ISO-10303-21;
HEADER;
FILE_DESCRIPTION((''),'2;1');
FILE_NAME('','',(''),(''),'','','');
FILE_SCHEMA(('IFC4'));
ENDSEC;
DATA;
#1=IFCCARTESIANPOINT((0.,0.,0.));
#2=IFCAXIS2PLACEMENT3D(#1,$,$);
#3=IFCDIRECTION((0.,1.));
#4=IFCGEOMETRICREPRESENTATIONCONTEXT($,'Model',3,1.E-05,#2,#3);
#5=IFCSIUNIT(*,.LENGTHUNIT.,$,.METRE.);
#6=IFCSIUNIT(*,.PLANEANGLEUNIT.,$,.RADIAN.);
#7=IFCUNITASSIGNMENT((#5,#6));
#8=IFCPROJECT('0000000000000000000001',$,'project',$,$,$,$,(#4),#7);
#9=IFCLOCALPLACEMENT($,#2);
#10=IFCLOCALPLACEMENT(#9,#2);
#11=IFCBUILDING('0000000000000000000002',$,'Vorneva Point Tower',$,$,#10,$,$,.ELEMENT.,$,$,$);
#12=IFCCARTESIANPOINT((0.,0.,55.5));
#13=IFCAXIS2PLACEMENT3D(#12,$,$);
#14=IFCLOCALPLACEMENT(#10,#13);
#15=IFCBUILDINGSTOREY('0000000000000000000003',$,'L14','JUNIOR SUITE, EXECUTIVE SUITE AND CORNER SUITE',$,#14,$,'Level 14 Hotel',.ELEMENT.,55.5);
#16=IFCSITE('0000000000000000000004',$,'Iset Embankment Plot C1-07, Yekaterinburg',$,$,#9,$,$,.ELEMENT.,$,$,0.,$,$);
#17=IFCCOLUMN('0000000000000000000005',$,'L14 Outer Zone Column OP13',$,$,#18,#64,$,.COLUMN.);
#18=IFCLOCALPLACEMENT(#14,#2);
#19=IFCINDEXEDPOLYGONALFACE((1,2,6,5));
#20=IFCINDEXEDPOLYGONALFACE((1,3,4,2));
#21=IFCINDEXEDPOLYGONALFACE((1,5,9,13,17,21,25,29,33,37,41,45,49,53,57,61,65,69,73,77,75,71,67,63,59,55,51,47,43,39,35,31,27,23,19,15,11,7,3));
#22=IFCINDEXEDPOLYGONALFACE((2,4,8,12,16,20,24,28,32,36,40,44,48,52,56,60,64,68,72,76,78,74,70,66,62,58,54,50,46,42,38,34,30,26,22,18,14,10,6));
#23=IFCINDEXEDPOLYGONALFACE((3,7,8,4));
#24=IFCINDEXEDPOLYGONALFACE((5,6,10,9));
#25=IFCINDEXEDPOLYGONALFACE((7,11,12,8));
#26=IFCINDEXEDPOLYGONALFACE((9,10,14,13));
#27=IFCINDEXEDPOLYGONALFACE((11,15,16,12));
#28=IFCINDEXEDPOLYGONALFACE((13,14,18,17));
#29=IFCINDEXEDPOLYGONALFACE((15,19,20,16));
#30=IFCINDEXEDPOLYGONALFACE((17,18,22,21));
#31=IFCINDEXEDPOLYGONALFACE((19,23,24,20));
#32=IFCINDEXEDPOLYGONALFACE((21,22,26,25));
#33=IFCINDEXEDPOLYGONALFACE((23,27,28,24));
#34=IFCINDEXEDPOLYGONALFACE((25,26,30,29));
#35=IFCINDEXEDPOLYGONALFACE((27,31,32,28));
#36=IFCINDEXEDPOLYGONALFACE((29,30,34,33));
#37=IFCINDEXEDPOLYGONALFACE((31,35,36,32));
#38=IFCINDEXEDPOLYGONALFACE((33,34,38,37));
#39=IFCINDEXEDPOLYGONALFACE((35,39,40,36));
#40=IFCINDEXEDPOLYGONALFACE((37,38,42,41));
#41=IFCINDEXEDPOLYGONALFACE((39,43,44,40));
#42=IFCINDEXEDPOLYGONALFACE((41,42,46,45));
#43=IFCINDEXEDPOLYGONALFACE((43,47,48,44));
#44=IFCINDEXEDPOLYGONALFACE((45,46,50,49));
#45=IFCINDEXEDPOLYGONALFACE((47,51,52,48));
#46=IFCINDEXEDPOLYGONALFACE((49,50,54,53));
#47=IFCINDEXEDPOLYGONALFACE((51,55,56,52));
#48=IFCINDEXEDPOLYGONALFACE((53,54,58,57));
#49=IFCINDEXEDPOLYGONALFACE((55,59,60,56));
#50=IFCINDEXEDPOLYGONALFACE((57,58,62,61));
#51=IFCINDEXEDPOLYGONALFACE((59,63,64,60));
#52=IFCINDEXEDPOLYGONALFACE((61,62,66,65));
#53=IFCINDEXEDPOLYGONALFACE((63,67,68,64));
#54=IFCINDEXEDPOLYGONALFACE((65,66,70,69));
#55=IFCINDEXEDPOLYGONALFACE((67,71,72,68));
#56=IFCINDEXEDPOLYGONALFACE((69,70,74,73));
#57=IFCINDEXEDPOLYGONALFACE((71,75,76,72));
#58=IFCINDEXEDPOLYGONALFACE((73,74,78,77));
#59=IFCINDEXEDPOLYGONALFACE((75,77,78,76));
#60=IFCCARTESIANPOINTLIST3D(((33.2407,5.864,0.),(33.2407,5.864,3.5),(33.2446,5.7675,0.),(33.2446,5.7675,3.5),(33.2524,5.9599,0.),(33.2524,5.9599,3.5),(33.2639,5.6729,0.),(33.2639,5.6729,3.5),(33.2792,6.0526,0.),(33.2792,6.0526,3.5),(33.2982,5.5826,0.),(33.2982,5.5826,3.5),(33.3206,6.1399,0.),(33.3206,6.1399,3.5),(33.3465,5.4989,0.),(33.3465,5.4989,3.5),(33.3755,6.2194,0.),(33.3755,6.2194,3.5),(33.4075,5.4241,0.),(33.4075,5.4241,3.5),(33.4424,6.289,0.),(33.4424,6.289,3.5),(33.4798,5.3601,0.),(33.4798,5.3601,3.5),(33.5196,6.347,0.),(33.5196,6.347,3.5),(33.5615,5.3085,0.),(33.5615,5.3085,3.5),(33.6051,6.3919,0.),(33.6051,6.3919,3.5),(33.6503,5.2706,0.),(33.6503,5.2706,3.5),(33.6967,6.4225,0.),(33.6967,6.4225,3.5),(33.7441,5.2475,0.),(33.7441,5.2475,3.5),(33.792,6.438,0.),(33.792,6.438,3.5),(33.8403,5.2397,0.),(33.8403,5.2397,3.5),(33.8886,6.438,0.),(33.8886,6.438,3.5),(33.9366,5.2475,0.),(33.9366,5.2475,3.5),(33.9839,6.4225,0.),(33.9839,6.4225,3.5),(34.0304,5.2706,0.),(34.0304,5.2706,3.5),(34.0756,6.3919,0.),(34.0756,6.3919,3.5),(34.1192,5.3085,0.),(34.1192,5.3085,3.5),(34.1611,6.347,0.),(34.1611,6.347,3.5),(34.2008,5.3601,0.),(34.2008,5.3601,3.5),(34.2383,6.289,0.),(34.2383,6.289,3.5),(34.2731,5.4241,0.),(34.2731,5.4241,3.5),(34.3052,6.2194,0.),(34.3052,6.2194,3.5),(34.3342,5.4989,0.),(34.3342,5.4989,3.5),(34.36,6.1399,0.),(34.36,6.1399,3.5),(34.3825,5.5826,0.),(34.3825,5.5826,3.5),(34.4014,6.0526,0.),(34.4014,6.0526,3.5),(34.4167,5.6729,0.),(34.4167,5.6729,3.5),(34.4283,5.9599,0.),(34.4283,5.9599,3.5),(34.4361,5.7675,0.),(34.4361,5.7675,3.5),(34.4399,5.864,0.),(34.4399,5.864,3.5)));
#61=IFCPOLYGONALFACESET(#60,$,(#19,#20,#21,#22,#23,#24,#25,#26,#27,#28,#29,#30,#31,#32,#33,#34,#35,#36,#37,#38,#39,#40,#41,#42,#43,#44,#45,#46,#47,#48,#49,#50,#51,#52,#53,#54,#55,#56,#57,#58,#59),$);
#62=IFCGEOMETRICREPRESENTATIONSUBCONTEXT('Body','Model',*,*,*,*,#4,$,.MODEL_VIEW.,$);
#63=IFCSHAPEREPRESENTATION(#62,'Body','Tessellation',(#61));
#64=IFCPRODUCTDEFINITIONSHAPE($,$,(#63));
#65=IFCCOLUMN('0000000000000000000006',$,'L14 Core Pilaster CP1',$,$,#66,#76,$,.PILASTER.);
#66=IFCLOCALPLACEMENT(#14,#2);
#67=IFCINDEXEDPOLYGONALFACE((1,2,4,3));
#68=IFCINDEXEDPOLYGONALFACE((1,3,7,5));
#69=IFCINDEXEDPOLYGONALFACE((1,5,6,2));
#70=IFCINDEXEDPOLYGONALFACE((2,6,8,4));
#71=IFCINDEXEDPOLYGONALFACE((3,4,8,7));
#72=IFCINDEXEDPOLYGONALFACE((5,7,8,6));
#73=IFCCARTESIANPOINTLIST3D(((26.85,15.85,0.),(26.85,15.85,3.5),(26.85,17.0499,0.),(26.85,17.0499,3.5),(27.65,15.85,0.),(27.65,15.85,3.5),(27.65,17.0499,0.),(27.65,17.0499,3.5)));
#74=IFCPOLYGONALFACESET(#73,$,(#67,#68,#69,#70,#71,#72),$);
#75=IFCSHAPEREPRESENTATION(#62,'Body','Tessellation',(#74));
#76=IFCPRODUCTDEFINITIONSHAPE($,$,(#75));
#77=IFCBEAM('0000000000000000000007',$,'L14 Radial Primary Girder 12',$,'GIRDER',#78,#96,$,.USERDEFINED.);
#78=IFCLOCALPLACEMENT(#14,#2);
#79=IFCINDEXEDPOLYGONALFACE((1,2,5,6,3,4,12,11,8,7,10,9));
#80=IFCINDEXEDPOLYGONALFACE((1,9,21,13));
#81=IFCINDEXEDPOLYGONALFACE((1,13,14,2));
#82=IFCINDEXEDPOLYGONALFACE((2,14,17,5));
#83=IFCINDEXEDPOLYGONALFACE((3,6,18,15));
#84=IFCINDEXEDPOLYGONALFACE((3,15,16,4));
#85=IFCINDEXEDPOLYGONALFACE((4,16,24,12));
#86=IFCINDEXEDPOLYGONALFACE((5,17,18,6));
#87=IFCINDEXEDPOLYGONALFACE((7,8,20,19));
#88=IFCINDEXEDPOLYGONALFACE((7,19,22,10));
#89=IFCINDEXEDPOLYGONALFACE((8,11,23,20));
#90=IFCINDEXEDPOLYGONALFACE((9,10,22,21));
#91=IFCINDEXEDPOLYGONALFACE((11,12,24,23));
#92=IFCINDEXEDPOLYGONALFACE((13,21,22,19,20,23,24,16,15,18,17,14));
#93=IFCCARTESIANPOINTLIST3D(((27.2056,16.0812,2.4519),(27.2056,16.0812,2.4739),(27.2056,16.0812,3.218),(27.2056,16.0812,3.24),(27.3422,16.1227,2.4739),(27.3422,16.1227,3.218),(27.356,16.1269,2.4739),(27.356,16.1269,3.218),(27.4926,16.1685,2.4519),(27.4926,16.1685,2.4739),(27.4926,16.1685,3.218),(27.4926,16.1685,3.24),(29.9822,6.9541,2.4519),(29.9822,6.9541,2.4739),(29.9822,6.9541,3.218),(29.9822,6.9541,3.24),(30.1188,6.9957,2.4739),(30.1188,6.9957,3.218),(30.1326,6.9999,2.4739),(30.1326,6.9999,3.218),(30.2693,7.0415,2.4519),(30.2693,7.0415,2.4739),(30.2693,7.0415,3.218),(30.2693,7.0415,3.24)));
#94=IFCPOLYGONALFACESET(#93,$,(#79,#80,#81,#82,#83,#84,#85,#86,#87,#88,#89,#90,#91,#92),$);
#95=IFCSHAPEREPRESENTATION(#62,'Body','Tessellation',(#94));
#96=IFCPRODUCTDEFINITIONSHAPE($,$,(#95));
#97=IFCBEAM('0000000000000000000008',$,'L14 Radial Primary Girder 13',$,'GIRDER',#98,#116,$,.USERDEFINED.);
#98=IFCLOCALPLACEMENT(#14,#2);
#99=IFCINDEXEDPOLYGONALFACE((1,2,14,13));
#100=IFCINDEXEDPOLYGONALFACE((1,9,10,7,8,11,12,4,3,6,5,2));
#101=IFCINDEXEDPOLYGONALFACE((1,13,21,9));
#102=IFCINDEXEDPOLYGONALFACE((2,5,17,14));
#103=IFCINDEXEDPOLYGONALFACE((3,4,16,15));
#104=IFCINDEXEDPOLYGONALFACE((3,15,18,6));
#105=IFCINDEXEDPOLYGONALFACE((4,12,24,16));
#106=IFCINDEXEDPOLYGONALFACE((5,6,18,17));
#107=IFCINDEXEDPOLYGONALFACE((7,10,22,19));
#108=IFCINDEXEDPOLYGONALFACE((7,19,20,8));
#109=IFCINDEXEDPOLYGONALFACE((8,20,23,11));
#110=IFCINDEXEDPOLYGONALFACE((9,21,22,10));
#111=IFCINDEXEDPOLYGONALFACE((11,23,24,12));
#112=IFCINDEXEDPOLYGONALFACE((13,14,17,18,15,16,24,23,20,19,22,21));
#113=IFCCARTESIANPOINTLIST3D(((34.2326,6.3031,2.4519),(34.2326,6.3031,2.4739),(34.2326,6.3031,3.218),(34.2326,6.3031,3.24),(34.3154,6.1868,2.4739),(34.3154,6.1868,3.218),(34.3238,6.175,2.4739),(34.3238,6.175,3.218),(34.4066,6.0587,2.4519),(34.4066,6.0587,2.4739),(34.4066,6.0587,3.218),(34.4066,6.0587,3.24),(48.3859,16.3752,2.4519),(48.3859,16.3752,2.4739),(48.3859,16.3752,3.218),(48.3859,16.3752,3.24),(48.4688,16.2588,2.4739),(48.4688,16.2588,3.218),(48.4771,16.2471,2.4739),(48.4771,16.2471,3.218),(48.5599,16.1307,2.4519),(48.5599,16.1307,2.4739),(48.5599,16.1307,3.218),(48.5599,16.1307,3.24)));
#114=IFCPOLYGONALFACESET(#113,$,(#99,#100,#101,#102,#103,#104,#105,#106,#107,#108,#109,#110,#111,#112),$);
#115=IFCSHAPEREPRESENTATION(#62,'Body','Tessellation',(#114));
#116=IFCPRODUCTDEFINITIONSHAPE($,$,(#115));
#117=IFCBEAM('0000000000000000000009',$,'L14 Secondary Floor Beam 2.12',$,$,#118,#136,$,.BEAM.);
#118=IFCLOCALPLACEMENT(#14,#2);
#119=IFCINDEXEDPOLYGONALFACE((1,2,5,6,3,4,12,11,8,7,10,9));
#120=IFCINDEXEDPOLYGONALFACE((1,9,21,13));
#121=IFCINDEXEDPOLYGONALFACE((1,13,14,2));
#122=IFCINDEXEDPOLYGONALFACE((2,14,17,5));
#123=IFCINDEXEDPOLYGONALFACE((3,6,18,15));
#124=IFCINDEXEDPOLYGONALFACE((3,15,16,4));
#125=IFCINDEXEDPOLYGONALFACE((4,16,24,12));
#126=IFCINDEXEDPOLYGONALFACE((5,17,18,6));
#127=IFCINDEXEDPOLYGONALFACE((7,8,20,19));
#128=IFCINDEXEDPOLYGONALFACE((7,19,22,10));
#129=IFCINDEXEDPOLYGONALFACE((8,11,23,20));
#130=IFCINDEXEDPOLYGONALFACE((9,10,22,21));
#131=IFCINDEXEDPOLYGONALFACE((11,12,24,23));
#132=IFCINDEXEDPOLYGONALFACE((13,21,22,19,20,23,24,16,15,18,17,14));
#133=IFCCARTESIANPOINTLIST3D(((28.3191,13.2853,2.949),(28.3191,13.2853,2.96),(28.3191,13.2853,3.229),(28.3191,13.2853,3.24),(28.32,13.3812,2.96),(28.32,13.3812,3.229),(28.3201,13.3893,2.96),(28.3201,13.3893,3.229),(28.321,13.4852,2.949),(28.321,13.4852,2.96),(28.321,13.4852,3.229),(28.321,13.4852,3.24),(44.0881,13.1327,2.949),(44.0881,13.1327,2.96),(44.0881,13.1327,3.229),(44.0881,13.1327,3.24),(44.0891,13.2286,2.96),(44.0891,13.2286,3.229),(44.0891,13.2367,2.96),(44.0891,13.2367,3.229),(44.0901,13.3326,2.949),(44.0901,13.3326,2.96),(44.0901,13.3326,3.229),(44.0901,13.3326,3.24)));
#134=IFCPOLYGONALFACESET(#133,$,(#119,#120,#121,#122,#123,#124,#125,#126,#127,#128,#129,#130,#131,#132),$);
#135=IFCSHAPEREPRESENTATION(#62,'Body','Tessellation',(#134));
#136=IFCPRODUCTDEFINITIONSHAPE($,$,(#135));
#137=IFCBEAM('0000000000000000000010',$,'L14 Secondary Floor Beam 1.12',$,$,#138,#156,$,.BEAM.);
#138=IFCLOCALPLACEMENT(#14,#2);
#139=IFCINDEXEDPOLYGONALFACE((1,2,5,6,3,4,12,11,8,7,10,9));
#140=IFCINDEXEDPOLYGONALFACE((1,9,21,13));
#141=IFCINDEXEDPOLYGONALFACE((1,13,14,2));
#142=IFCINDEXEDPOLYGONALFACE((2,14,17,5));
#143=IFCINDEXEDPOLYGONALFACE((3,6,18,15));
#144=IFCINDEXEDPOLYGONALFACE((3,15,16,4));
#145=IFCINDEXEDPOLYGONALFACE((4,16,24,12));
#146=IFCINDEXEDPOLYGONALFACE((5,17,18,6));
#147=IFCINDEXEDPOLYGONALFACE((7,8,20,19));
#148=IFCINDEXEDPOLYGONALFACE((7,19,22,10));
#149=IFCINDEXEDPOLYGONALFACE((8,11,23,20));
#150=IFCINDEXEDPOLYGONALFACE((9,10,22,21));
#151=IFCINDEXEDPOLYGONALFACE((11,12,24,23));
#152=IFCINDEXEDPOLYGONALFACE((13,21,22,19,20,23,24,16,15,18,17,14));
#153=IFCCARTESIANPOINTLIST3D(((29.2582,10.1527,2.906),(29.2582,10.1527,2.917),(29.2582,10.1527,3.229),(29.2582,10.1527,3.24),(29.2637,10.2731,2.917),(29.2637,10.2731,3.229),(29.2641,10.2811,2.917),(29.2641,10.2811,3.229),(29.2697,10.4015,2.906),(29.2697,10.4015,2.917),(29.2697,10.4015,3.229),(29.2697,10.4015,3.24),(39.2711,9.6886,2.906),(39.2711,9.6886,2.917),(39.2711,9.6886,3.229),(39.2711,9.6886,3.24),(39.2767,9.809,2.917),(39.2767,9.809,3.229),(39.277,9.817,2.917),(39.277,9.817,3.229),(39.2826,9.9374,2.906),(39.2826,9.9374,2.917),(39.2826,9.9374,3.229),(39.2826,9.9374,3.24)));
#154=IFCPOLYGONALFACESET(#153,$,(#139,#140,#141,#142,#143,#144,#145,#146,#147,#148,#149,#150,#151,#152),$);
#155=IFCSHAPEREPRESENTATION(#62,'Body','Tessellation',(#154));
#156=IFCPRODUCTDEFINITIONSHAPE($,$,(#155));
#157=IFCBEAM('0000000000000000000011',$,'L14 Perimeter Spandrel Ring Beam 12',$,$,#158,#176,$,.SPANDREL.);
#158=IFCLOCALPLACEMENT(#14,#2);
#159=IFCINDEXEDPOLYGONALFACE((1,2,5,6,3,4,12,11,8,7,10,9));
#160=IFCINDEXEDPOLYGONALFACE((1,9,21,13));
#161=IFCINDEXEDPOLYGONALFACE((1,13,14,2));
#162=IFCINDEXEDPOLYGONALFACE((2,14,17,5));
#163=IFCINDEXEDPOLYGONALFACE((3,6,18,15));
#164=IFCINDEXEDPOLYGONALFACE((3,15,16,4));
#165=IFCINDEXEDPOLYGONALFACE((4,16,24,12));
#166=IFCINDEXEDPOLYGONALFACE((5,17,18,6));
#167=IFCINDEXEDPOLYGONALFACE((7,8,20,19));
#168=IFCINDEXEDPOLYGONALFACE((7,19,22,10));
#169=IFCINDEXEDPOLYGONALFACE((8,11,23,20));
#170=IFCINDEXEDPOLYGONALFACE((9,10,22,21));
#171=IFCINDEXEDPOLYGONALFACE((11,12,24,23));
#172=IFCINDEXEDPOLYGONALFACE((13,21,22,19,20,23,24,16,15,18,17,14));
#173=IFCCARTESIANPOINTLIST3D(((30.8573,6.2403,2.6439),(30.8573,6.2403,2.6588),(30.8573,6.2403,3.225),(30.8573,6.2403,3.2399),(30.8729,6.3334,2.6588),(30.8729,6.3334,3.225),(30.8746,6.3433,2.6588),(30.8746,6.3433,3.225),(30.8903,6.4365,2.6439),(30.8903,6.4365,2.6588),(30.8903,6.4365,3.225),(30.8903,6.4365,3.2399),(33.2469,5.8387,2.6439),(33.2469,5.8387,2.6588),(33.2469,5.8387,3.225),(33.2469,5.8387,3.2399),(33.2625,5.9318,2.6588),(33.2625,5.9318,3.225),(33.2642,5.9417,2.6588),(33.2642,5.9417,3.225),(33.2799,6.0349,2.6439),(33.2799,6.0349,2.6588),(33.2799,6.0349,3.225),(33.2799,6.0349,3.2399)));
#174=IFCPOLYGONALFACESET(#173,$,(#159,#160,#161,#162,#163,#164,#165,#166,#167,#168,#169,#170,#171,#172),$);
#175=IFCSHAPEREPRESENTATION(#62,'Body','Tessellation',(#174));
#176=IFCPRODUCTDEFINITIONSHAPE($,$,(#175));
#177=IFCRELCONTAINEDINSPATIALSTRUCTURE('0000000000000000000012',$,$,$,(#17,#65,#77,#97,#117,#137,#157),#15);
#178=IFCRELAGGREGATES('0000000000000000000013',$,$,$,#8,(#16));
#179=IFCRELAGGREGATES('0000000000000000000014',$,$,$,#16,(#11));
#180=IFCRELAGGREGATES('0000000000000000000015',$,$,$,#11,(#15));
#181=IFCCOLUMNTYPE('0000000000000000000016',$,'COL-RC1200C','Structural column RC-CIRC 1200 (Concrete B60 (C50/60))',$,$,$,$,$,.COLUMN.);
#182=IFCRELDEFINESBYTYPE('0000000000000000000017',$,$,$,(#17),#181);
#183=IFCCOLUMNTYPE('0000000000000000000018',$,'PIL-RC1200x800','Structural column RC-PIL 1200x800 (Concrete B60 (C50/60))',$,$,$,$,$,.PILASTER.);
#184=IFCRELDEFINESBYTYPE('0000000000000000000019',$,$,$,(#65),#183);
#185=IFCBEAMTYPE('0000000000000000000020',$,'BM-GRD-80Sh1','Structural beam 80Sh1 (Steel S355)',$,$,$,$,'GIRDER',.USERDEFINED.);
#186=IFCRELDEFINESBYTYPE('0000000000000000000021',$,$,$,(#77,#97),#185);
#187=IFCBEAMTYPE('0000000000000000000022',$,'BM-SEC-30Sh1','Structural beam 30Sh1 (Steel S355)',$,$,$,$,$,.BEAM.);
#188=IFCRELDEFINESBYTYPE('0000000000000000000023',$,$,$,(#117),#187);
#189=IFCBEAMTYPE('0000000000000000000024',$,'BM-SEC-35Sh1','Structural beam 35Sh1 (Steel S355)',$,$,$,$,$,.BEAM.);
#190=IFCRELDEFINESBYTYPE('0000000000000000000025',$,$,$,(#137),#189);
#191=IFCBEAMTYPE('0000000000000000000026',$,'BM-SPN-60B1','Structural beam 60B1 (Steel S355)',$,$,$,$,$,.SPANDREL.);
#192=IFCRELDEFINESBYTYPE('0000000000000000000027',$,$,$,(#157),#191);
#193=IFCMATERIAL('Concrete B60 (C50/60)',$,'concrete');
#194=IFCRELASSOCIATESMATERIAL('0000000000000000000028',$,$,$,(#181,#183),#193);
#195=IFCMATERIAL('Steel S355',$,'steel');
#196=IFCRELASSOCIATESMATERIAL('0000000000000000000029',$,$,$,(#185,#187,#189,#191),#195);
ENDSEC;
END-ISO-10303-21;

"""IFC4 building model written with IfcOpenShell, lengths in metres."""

from ifc_helpers import new_model, si_unit, direction, frame, origin, origin_2d, place, context, subcontext, project, spatial, rectangle, circle, i_section, extrude, material, material_profile, profile_set, type_object, element, save


model = new_model("IFC4")

# Units and contexts
model_context = context("Model", 3, precision=1e-05, world=origin(), true_north=direction((0.0, 1.0)))
body_context = subcontext(model_context, "Body", "Model", "MODEL_VIEW")
ifc_project = project(units=[si_unit("LENGTHUNIT", "METRE"), si_unit("PLANEANGLEUNIT", "RADIAN")], contexts=[model_context])

# Site, building, storey
site_placement = place(None, origin())
site = spatial("IfcSite", under=ifc_project, at=site_placement, Name="Iset Embankment Plot C1-07, Yekaterinburg", CompositionType="ELEMENT", RefElevation=0.0)
building_placement = place(site_placement, origin())
building = spatial("IfcBuilding", under=site, at=building_placement, Name="Vorneva Point Tower", CompositionType="ELEMENT")
storey_placement = place(building_placement, frame((0.0, 0.0, 55.5)))
storey = spatial("IfcBuildingStorey", under=building, at=storey_placement, Name="L14", Description="JUNIOR SUITE, EXECUTIVE SUITE AND CORNER SUITE", LongName="Level 14 Hotel", CompositionType="ELEMENT", Elevation=55.5)

# Columns
ifc_material_1 = material(Name="Concrete B60 (C50/60)", Category="concrete")
ifc_material_profile_1 = material_profile(ifc_material_1, circle(Radius=0.6001, at=origin_2d()), Name="RC-CIRC 1200")
ifc_profile_set_1 = profile_set([ifc_material_profile_1], Name="Concrete B60 (C50/60)")
column_type_1 = type_object("IfcColumnType", Name="COL-RC1200C", Description="Structural column RC-CIRC 1200 (Concrete B60 (C50/60))", PredefinedType="COLUMN", material=ifc_profile_set_1)
for number, where, z_axis, x_axis, name in (
    (1, (33.8403, 5.8398, 0.0), (0.0, 0.0, 1.0), (0.0, -1.0, 0.0), "L14 Outer Zone Column OP13"),
):
    element("IfcColumn", number, at=place(storey_placement, frame(where, z_axis=z_axis, x_axis=x_axis)), inside=storey, type_object=column_type_1, Name=name, PredefinedType="COLUMN", context=body_context, shape_type="SweptSolid", body=[
        extrude(circle(Radius=0.6001, at=origin_2d()), origin(), (0.0, 0.0, 1.0), 3.5),
    ])
ifc_material_profile_2 = material_profile(ifc_material_1, rectangle(XDim=0.8, YDim=1.2, at=origin_2d()), Name="RC-PIL 1200x800")
ifc_profile_set_2 = profile_set([ifc_material_profile_2], Name="Concrete B60 (C50/60)")
column_type_2 = type_object("IfcColumnType", Name="PIL-RC1200x800", Description="Structural column RC-PIL 1200x800 (Concrete B60 (C50/60))", PredefinedType="PILASTER", material=ifc_profile_set_2)
column_placement = place(storey_placement, frame((27.25, 16.45, 0.0), z_axis=(0.0, 0.0, 1.0), x_axis=(1.0, 0.0, 0.0)))
element("IfcColumn", 2, at=column_placement, inside=storey, type_object=column_type_2, Name="L14 Core Pilaster CP1", PredefinedType="PILASTER", context=body_context, shape_type="SweptSolid", body=[
    extrude(rectangle(XDim=0.8, YDim=1.2, at=origin_2d()), origin(), (0.0, 0.0, 1.0), 3.5),
])

# Beams
ifc_material_2 = material(Name="Steel S355", Category="steel")
ifc_material_profile_3 = material_profile(ifc_material_2, i_section(OverallWidth=0.3, OverallDepth=0.7881, WebThickness=0.0144, FlangeThickness=0.022, at=origin_2d()), Name="80Sh1")
ifc_profile_set_3 = profile_set([ifc_material_profile_3], Name="Steel S355")
beam_type_1 = type_object("IfcBeamType", Name="BM-GRD-80Sh1", Description="Structural beam 80Sh1 (Steel S355)", ElementType="GIRDER", PredefinedType="USERDEFINED", material=ifc_profile_set_3)
beam_1_placement = place(storey_placement, frame((30.1257, 6.9978, 2.8459), z_axis=(-0.291051, 0.956708, 0.0), x_axis=(-0.956708, -0.291051, 0.0)))
element("IfcBeam", 3, at=beam_1_placement, inside=storey, type_object=beam_type_1, Name="L14 Radial Primary Girder 12", ObjectType="GIRDER", PredefinedType="USERDEFINED", context=body_context, shape_type="SweptSolid", body=[
    extrude(i_section(OverallWidth=0.3, OverallDepth=0.7881, WebThickness=0.0144, FlangeThickness=0.022, at=origin_2d()), origin(), (0.0, 0.0, 1.0), 9.54),
])
beam_2_placement = place(storey_placement, frame((34.3196, 6.1809, 2.8459), z_axis=(0.814753, 0.579808, 0.0), x_axis=(-0.579808, 0.814753, 0.0)))
element("IfcBeam", 4, at=beam_2_placement, inside=storey, type_object=beam_type_1, Name="L14 Radial Primary Girder 13", ObjectType="GIRDER", PredefinedType="USERDEFINED", context=body_context, shape_type="SweptSolid", body=[
    extrude(i_section(OverallWidth=0.3, OverallDepth=0.7881, WebThickness=0.0144, FlangeThickness=0.022, at=origin_2d()), origin(), (0.0, 0.0, 1.0), 17.3713),
])
ifc_material_profile_4 = material_profile(ifc_material_2, i_section(OverallWidth=0.2, OverallDepth=0.291, WebThickness=0.0081, FlangeThickness=0.011, at=origin_2d()), Name="30Sh1")
ifc_profile_set_4 = profile_set([ifc_material_profile_4], Name="Steel S355")
beam_type_2 = type_object("IfcBeamType", Name="BM-SEC-30Sh1", Description="Structural beam 30Sh1 (Steel S355)", PredefinedType="BEAM", material=ifc_profile_set_4)
beam_3_placement = place(storey_placement, frame((28.3201, 13.3853, 3.0945), z_axis=(0.999953, -0.009676, 0.0), x_axis=(0.009676, 0.999953, 0.0)))
element("IfcBeam", 5, at=beam_3_placement, inside=storey, type_object=beam_type_2, Name="L14 Secondary Floor Beam 2.12", PredefinedType="BEAM", context=body_context, shape_type="SweptSolid", body=[
    extrude(i_section(OverallWidth=0.2, OverallDepth=0.291, WebThickness=0.0081, FlangeThickness=0.011, at=origin_2d()), origin(), (0.0, 0.0, 1.0), 15.7698),
])
ifc_material_profile_5 = material_profile(ifc_material_2, i_section(OverallWidth=0.249, OverallDepth=0.334, WebThickness=0.0081, FlangeThickness=0.011, at=origin_2d()), Name="35Sh1")
ifc_profile_set_5 = profile_set([ifc_material_profile_5], Name="Steel S355")
beam_type_3 = type_object("IfcBeamType", Name="BM-SEC-35Sh1", Description="Structural beam 35Sh1 (Steel S355)", PredefinedType="BEAM", material=ifc_profile_set_5)
beam_4_placement = place(storey_placement, frame((29.2639, 10.2771, 3.073), z_axis=(0.998928, -0.046301, 0.0), x_axis=(0.046301, 0.998928, 0.0)))
element("IfcBeam", 6, at=beam_4_placement, inside=storey, type_object=beam_type_3, Name="L14 Secondary Floor Beam 1.12", PredefinedType="BEAM", context=body_context, shape_type="SweptSolid", body=[
    extrude(i_section(OverallWidth=0.249, OverallDepth=0.334, WebThickness=0.0081, FlangeThickness=0.011, at=origin_2d()), origin(), (0.0, 0.0, 1.0), 10.0237),
])
ifc_material_profile_6 = material_profile(ifc_material_2, i_section(OverallWidth=0.199, OverallDepth=0.5959, WebThickness=0.01, FlangeThickness=0.0149, at=origin_2d()), Name="60B1")
ifc_profile_set_6 = profile_set([ifc_material_profile_6], Name="Steel S355")
beam_type_4 = type_object("IfcBeamType", Name="BM-SPN-60B1", Description="Structural beam 60B1 (Steel S355)", PredefinedType="SPANDREL", material=ifc_profile_set_6)
beam_5_placement = place(storey_placement, frame((30.8738, 6.3384, 2.9419), z_axis=(0.98617, -0.165739, 0.0), x_axis=(0.165739, 0.98617, 0.0)))
element("IfcBeam", 7, at=beam_5_placement, inside=storey, type_object=beam_type_4, Name="L14 Perimeter Spandrel Ring Beam 12", PredefinedType="SPANDREL", context=body_context, shape_type="SweptSolid", body=[
    extrude(i_section(OverallWidth=0.199, OverallDepth=0.5959, WebThickness=0.01, FlangeThickness=0.0149, at=origin_2d()), origin(), (0.0, 0.0, 1.0), 2.4231),
])

save(model, "model.ifc")
